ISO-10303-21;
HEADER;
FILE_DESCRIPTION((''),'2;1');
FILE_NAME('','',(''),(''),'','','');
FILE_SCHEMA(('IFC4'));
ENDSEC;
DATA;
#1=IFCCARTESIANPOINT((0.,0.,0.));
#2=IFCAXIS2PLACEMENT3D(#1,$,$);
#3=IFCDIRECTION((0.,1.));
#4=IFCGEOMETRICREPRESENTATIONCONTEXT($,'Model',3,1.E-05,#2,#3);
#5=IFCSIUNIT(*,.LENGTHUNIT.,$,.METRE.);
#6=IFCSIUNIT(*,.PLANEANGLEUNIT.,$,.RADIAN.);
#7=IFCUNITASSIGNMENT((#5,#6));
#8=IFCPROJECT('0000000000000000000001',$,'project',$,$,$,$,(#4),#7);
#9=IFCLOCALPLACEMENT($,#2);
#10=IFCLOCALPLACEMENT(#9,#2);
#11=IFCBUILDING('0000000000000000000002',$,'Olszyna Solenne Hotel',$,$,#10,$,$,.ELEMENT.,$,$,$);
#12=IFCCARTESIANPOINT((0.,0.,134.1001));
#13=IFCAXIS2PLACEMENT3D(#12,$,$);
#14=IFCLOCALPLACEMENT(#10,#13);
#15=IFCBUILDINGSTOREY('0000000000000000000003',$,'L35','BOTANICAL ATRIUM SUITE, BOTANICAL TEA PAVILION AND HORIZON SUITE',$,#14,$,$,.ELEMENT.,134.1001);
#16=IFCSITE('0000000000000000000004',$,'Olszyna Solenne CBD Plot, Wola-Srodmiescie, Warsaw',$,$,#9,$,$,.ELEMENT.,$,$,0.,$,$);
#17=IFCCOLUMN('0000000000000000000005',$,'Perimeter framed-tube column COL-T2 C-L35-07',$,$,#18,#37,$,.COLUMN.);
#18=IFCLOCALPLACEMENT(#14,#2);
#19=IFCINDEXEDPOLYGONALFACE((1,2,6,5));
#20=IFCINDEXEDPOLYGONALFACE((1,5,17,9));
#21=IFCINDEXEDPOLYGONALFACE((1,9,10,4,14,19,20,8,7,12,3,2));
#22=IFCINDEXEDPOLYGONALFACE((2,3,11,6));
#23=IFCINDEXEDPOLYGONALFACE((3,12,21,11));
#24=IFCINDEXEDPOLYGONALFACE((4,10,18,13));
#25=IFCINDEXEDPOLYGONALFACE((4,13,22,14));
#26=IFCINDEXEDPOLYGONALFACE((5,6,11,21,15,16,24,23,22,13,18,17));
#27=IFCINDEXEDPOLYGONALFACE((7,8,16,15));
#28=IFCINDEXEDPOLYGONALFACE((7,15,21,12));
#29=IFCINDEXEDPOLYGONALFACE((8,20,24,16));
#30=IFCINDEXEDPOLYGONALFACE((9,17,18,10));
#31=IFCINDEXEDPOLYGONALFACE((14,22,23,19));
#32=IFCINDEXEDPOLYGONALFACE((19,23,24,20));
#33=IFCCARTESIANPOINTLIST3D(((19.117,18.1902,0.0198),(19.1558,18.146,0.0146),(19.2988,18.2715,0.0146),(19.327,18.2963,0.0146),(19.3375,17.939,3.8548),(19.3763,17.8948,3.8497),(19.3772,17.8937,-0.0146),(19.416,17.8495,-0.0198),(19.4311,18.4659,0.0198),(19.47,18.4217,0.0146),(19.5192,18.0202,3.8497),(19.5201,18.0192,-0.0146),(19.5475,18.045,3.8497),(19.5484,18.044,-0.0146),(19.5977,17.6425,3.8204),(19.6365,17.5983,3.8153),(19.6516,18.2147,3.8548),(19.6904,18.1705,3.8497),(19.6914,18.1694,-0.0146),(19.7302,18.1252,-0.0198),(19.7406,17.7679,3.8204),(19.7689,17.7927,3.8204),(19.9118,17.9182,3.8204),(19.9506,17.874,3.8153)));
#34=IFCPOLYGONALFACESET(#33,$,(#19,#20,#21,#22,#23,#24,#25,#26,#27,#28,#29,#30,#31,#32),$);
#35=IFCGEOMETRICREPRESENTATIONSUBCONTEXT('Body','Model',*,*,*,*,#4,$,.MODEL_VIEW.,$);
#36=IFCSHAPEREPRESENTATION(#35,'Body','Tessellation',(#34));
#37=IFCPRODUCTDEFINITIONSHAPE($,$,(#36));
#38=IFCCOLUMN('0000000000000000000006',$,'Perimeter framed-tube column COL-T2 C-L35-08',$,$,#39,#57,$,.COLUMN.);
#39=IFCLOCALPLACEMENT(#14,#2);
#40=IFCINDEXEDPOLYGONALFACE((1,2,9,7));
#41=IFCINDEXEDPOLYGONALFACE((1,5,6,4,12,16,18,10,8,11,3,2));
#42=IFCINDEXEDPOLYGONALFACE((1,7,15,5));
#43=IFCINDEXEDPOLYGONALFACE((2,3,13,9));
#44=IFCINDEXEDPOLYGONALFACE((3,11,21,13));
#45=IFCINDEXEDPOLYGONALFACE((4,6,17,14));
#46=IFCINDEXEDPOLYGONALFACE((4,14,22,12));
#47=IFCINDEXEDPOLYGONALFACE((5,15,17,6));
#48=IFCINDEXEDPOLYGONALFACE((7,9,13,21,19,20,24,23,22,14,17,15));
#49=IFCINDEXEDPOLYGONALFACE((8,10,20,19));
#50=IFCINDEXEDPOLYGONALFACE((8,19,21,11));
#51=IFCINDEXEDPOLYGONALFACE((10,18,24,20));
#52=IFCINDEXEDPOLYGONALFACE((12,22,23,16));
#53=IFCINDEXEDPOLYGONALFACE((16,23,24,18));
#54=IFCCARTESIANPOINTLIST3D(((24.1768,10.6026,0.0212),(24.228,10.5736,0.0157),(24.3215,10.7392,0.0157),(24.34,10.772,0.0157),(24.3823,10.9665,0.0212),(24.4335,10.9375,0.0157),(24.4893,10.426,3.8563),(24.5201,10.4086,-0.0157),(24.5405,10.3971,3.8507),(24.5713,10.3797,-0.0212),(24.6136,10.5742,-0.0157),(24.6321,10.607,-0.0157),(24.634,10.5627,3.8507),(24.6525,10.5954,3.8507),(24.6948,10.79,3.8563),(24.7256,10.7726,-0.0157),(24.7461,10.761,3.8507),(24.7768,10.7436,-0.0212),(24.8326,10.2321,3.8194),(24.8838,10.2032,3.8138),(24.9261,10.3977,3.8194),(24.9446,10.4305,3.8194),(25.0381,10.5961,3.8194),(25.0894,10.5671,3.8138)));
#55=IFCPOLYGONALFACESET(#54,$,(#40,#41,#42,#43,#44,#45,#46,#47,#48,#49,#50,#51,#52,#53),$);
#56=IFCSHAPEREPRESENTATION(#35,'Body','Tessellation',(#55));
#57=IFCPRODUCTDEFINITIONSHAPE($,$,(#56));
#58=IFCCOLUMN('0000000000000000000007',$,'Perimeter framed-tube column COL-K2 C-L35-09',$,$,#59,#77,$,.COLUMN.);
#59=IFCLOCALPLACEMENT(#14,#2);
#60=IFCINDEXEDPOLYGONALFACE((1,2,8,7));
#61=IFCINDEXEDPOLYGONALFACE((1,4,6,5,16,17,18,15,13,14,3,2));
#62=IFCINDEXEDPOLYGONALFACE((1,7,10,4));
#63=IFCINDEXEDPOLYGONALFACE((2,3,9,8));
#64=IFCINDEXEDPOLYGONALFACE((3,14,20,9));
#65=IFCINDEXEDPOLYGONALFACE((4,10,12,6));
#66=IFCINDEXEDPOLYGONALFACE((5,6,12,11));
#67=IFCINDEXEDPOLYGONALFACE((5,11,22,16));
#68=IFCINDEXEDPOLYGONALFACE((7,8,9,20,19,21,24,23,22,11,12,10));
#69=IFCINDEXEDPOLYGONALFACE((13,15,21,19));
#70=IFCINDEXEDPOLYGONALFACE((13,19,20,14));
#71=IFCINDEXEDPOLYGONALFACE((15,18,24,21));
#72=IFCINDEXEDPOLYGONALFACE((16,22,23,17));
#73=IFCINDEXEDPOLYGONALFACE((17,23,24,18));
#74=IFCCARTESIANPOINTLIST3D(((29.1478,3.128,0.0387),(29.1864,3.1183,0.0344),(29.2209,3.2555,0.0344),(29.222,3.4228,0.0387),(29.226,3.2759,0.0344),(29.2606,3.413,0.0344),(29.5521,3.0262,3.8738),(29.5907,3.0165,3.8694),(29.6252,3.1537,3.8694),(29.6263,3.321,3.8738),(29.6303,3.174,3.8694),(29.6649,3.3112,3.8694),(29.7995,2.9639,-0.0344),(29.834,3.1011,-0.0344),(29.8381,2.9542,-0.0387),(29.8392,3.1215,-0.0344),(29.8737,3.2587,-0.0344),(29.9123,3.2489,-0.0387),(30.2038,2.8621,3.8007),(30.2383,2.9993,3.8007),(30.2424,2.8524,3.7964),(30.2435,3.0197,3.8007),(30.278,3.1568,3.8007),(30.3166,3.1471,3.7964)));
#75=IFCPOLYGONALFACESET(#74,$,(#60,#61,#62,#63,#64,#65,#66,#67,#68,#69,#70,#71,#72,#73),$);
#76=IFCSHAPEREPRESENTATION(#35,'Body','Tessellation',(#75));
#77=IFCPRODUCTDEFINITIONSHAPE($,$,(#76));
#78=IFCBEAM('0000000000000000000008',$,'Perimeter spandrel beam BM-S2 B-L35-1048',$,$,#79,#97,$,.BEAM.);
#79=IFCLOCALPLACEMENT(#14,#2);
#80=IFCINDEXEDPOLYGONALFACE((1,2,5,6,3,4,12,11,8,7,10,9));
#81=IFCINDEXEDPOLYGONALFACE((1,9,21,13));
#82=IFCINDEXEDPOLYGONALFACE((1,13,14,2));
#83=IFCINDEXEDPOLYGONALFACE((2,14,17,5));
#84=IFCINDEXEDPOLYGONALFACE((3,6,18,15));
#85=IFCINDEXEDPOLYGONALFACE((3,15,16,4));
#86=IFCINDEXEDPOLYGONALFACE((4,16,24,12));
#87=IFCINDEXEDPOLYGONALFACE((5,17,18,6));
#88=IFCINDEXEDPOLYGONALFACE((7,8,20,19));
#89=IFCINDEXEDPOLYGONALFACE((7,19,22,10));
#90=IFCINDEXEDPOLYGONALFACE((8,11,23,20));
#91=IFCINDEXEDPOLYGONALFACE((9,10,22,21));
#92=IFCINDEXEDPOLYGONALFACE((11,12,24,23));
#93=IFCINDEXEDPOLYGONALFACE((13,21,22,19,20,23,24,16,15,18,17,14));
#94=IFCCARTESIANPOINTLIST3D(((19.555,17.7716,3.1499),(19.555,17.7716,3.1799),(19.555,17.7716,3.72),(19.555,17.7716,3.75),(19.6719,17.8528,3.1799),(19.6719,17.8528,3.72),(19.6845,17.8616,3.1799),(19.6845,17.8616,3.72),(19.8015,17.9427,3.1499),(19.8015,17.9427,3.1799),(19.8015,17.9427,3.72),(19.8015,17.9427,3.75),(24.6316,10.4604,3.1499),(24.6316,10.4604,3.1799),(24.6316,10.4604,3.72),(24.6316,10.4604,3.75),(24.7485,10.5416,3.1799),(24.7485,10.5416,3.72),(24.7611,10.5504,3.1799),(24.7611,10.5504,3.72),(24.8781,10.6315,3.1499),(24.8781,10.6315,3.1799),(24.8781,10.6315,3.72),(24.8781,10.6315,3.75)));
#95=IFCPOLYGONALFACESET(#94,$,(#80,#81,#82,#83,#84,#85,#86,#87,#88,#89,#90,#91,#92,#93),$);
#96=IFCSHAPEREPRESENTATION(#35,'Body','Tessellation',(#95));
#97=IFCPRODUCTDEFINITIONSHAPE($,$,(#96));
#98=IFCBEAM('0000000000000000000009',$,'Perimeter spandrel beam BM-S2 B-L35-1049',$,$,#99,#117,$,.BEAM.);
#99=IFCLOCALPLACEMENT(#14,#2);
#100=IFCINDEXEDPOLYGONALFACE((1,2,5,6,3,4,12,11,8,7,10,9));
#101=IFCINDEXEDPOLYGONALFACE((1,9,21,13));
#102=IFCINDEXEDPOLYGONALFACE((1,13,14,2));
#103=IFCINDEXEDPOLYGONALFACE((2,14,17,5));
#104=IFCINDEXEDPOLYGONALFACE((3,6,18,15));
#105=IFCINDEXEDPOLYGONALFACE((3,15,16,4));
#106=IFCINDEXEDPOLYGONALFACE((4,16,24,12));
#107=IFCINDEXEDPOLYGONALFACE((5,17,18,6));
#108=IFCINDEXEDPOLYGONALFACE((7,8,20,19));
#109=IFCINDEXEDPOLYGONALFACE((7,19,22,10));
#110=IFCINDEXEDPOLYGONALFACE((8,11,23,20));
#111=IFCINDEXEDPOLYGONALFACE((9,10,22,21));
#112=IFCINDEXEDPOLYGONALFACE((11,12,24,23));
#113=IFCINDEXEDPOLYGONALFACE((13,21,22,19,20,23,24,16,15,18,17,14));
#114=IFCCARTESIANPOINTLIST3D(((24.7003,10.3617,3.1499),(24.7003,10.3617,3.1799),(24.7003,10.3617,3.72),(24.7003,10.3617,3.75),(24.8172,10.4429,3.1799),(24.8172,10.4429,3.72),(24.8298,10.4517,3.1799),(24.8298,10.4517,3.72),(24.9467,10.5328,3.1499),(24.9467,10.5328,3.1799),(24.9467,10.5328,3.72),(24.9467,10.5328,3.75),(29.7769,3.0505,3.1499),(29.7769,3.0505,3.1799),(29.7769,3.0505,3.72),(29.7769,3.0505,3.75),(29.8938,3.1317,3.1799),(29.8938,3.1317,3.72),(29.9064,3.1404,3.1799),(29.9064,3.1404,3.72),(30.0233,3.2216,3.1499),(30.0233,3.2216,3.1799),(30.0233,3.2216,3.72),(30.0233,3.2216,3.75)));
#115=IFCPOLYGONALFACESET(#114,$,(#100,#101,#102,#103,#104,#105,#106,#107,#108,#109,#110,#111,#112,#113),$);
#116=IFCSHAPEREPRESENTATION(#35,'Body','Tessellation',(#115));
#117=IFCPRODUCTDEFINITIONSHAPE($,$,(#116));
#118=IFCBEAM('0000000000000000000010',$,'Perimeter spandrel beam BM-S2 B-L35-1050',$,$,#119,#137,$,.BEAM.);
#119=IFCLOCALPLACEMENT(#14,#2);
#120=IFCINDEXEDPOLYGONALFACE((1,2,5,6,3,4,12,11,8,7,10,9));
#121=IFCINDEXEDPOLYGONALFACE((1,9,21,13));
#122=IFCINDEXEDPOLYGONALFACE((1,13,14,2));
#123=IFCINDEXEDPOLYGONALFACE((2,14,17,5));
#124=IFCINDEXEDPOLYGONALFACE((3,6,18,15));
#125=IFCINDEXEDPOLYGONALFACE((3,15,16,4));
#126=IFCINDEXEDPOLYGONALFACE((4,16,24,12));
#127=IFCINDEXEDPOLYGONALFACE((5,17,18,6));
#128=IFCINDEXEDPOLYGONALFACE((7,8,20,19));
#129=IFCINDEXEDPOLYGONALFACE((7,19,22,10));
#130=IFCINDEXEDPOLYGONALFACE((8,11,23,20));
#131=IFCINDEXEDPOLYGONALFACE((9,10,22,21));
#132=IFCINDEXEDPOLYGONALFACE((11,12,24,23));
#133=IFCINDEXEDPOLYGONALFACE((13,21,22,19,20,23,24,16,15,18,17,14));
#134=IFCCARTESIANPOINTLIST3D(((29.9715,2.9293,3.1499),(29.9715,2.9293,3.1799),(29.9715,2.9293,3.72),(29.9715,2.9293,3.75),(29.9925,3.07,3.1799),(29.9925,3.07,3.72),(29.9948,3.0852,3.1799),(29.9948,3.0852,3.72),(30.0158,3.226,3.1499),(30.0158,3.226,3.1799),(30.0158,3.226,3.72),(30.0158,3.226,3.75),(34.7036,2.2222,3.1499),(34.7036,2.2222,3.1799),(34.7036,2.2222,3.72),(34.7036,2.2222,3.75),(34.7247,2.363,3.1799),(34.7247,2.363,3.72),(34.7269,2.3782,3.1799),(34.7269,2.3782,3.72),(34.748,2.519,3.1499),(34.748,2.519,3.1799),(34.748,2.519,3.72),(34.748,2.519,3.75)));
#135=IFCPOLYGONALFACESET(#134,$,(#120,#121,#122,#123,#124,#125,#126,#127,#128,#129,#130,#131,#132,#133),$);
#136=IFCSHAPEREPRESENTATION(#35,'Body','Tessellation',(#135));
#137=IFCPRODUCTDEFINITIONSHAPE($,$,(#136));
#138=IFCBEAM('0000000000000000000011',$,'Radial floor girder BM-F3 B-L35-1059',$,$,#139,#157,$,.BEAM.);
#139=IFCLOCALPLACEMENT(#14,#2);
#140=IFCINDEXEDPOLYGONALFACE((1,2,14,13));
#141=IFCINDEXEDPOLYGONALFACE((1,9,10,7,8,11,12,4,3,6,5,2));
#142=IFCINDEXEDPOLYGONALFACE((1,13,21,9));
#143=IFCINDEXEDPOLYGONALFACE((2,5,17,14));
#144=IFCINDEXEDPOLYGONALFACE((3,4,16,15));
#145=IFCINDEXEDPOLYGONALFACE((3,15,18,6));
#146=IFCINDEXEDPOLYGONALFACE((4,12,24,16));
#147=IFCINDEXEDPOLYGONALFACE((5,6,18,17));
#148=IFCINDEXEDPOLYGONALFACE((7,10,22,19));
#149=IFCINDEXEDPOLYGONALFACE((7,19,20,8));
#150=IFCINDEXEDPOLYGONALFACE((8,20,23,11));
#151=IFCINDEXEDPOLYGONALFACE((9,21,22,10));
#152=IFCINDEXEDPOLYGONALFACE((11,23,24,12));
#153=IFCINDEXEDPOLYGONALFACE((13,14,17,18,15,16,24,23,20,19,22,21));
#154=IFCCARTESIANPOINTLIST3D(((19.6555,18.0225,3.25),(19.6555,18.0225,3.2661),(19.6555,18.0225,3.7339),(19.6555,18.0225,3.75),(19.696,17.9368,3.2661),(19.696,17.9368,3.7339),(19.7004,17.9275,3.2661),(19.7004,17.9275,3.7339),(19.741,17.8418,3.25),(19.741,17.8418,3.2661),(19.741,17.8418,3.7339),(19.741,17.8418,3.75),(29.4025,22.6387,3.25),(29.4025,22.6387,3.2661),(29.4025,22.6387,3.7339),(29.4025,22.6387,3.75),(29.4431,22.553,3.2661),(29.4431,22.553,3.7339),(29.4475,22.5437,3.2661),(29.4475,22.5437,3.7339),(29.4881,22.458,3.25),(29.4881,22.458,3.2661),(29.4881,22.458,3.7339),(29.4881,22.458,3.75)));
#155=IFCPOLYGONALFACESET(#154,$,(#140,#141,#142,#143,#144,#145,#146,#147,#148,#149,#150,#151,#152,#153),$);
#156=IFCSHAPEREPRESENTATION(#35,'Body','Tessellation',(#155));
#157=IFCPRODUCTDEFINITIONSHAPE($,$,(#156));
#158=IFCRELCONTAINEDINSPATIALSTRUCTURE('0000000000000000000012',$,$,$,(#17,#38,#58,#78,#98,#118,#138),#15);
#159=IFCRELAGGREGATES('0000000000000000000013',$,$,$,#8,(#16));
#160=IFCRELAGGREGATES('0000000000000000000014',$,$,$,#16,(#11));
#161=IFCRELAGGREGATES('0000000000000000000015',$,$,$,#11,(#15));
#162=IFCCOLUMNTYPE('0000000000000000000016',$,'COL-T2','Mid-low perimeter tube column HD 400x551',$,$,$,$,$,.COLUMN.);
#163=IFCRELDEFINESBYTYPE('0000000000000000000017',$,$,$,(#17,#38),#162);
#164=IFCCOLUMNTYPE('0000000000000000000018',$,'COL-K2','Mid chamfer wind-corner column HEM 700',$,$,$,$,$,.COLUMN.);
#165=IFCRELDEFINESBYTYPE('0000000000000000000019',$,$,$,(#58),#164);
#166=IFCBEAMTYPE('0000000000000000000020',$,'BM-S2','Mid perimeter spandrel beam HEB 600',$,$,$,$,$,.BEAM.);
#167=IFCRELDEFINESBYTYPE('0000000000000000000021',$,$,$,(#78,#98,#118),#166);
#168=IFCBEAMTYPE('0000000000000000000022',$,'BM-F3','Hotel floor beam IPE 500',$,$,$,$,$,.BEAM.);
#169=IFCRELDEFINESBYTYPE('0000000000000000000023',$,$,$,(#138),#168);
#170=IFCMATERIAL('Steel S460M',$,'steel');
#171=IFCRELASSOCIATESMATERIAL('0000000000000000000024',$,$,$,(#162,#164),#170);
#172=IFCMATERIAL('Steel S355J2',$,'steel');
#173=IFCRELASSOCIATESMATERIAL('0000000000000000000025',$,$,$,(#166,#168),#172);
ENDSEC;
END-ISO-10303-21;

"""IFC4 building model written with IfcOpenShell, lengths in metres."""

from ifc_helpers import new_model, si_unit, direction, frame, origin, origin_2d, place, context, subcontext, project, spatial, i_section, extrude, source, transform, mapped, material, material_profile, profile_set, type_object, element, save


model = new_model("IFC4")

# Units and contexts
model_context = context("Model", 3, precision=1e-05, world=origin(), true_north=direction((0.0, 1.0)))
body_context = subcontext(model_context, "Body", "Model", "MODEL_VIEW")
ifc_project = project(units=[si_unit("LENGTHUNIT", "METRE"), si_unit("PLANEANGLEUNIT", "RADIAN")], contexts=[model_context])

# Site, building, storey
site_placement = place(None, origin())
site = spatial("IfcSite", under=ifc_project, at=site_placement, Name="Olszyna Solenne CBD Plot, Wola-Srodmiescie, Warsaw", CompositionType="ELEMENT", RefElevation=0.0)
building_placement = place(site_placement, origin())
building = spatial("IfcBuilding", under=site, at=building_placement, Name="Olszyna Solenne Hotel", CompositionType="ELEMENT")
storey_placement = place(building_placement, frame((0.0, 0.0, 134.1001)))
storey = spatial("IfcBuildingStorey", under=building, at=storey_placement, Name="L35", Description="BOTANICAL ATRIUM SUITE, BOTANICAL TEA PAVILION AND HORIZON SUITE", CompositionType="ELEMENT", Elevation=134.1001)

# Columns
ifc_material_1 = material(Name="Steel S460M", Category="steel")
ifc_material_profile_1 = material_profile(ifc_material_1, i_section(OverallWidth=0.418, OverallDepth=0.4551, WebThickness=0.0376, FlangeThickness=0.0591, at=origin_2d()), Name="HD 400x551", Category="load-bearing")
ifc_profile_set_1 = profile_set([ifc_material_profile_1], Name="Steel S460M")
column_type_1 = type_object("IfcColumnType", Name="COL-T2", Description="Mid-low perimeter tube column HD 400x551", PredefinedType="COLUMN", material=ifc_profile_set_1)
shared_shape_1 = source(origin(), body_context, "Body", "SweptSolid", [
    extrude(i_section(OverallWidth=0.418, OverallDepth=0.4551, WebThickness=0.0376, FlangeThickness=0.0591, at=origin_2d()), origin(), (0.0, 0.0, 1.0), 3.8496),
])
column_1_placement = place(storey_placement, frame((19.4236, 18.1577, 0.0), z_axis=(0.05727, -0.065261, 0.996223), x_axis=(0.751626, 0.65959, 0.0)))
element("IfcColumn", 1, at=column_1_placement, inside=storey, type_object=column_type_1, Name="Perimeter framed-tube column COL-T2 C-L35-07", PredefinedType="COLUMN", context=body_context, shape_type="MappedRepresentation", body=[
    mapped(shared_shape_1, transform((0.0, 0.0, 0.0), x_axis=(1.0, 0.0, 0.0), y_axis=(0.0, 1.0, 0.0), z_axis=(0.0, 0.0, 1.0), scale=1.0)),
])
shared_shape_2 = source(origin(), body_context, "Body", "SweptSolid", [
    extrude(i_section(OverallWidth=0.418, OverallDepth=0.4551, WebThickness=0.0376, FlangeThickness=0.0591, at=origin_2d()), origin(), (0.0, 0.0, 1.0), 3.8518),
])
column_2_placement = place(storey_placement, frame((24.4768, 10.6731, 0.0), z_axis=(0.081133, -0.045827, 0.995649), x_axis=(0.491811, 0.870702, 0.0)))
element("IfcColumn", 2, at=column_2_placement, inside=storey, type_object=column_type_1, Name="Perimeter framed-tube column COL-T2 C-L35-08", PredefinedType="COLUMN", context=body_context, shape_type="MappedRepresentation", body=[
    mapped(shared_shape_2, transform((0.0, 0.0, 0.0), x_axis=(1.0, 0.0, 0.0), y_axis=(0.0, 1.0, 0.0), z_axis=(0.0, 0.0, 1.0), scale=1.0)),
])
ifc_material_profile_2 = material_profile(ifc_material_1, i_section(OverallWidth=0.304, OverallDepth=0.7161, WebThickness=0.021, FlangeThickness=0.04, at=origin_2d()), Name="HEM 700", Category="load-bearing")
ifc_profile_set_2 = profile_set([ifc_material_profile_2], Name="Steel S460M")
column_type_2 = type_object("IfcColumnType", Name="COL-K2", Description="Mid chamfer wind-corner column HEM 700", PredefinedType="COLUMN", material=ifc_profile_set_2)
shared_shape_3 = source(origin(), body_context, "Body", "SweptSolid", [
    extrude(i_section(OverallWidth=0.304, OverallDepth=0.7161, WebThickness=0.021, FlangeThickness=0.04, at=origin_2d()), origin(), (0.0, 0.0, 1.0), 3.8577),
])
column_3_placement = place(storey_placement, frame((29.53, 3.1885, 0.0), z_axis=(0.104806, -0.026391, 0.994142), x_axis=(0.244189, 0.969728, 0.0)))
element("IfcColumn", 3, at=column_3_placement, inside=storey, type_object=column_type_2, Name="Perimeter framed-tube column COL-K2 C-L35-09", PredefinedType="COLUMN", context=body_context, shape_type="MappedRepresentation", body=[
    mapped(shared_shape_3, transform((0.0, 0.0, 0.0), x_axis=(1.0, 0.0, 0.0), y_axis=(0.0, 1.0, 0.0), z_axis=(0.0, 0.0, 1.0), scale=1.0)),
])

# Beams
ifc_material_2 = material(Name="Steel S355J2", Category="steel")
ifc_material_profile_3 = material_profile(ifc_material_2, i_section(OverallWidth=0.3, OverallDepth=0.6001, WebThickness=0.0154, FlangeThickness=0.03, at=origin_2d()), Name="HEB 600", Category="load-bearing")
ifc_profile_set_3 = profile_set([ifc_material_profile_3], Name="Steel S355J2")
beam_type_1 = type_object("IfcBeamType", Name="BM-S2", Description="Mid perimeter spandrel beam HEB 600", PredefinedType="BEAM", material=ifc_profile_set_3)
shared_shape_4 = source(origin(), body_context, "Body", "SweptSolid", [
    extrude(i_section(OverallWidth=0.3, OverallDepth=0.6001, WebThickness=0.0154, FlangeThickness=0.03, at=origin_2d()), origin(), (0.0, 0.0, 1.0), 8.9009),
])
for number, where, z_axis, x_axis, name in (
    (4, (19.6782, 17.8572, 3.45), (0.570349, -0.821402, 0.0), (0.821402, 0.570349, 0.0), "Perimeter spandrel beam BM-S2 B-L35-1048"),
    (5, (24.8235, 10.4473, 3.45), (0.570349, -0.821402, 0.0), (0.821402, 0.570349, 0.0), "Perimeter spandrel beam BM-S2 B-L35-1049"),
):
    element("IfcBeam", number, at=place(storey_placement, frame(where, z_axis=z_axis, x_axis=x_axis)), inside=storey, type_object=beam_type_1, Name=name, PredefinedType="BEAM", context=body_context, shape_type="MappedRepresentation", body=[
        mapped(shared_shape_4, transform((0.0, 0.0, 0.0), x_axis=(1.0, 0.0, 0.0), y_axis=(0.0, 1.0, 0.0), z_axis=(0.0, 0.0, 1.0), scale=1.0)),
    ])
shared_shape_5 = source(origin(), body_context, "Body", "SweptSolid", [
    extrude(i_section(OverallWidth=0.3, OverallDepth=0.6001, WebThickness=0.0154, FlangeThickness=0.03, at=origin_2d()), origin(), (0.0, 0.0, 1.0), 4.7847),
])
beam_1_placement = place(storey_placement, frame((29.9937, 3.0776, 3.45), z_axis=(0.989022, -0.147769, 0.0), x_axis=(0.147769, 0.989022, 0.0)))
element("IfcBeam", 6, at=beam_1_placement, inside=storey, type_object=beam_type_1, Name="Perimeter spandrel beam BM-S2 B-L35-1050", PredefinedType="BEAM", context=body_context, shape_type="MappedRepresentation", body=[
    mapped(shared_shape_5, transform((0.0, 0.0, 0.0), x_axis=(1.0, 0.0, 0.0), y_axis=(0.0, 1.0, 0.0), z_axis=(0.0, 0.0, 1.0), scale=1.0)),
])
ifc_material_profile_4 = material_profile(ifc_material_2, i_section(OverallWidth=0.2, OverallDepth=0.5, WebThickness=0.0103, FlangeThickness=0.0161, at=origin_2d()), Name="IPE 500", Category="load-bearing")
ifc_profile_set_4 = profile_set([ifc_material_profile_4], Name="Steel S355J2")
beam_type_2 = type_object("IfcBeamType", Name="BM-F3", Description="Hotel floor beam IPE 500", PredefinedType="BEAM", material=ifc_profile_set_4)
shared_shape_6 = source(origin(), body_context, "Body", "SweptSolid", [
    extrude(i_section(OverallWidth=0.2, OverallDepth=0.5, WebThickness=0.0103, FlangeThickness=0.0161, at=origin_2d()), origin(), (0.0, 0.0, 1.0), 10.7849),
])
beam_2_placement = place(storey_placement, frame((19.6982, 17.9321, 3.5), z_axis=(0.903767, 0.428024, 0.0), x_axis=(-0.428024, 0.903767, 0.0)))
element("IfcBeam", 7, at=beam_2_placement, inside=storey, type_object=beam_type_2, Name="Radial floor girder BM-F3 B-L35-1059", PredefinedType="BEAM", context=body_context, shape_type="MappedRepresentation", body=[
    mapped(shared_shape_6, transform((0.0, 0.0, 0.0), x_axis=(1.0, 0.0, 0.0), y_axis=(0.0, 1.0, 0.0), z_axis=(0.0, 0.0, 1.0), scale=1.0)),
])

save(model, "model.ifc")
